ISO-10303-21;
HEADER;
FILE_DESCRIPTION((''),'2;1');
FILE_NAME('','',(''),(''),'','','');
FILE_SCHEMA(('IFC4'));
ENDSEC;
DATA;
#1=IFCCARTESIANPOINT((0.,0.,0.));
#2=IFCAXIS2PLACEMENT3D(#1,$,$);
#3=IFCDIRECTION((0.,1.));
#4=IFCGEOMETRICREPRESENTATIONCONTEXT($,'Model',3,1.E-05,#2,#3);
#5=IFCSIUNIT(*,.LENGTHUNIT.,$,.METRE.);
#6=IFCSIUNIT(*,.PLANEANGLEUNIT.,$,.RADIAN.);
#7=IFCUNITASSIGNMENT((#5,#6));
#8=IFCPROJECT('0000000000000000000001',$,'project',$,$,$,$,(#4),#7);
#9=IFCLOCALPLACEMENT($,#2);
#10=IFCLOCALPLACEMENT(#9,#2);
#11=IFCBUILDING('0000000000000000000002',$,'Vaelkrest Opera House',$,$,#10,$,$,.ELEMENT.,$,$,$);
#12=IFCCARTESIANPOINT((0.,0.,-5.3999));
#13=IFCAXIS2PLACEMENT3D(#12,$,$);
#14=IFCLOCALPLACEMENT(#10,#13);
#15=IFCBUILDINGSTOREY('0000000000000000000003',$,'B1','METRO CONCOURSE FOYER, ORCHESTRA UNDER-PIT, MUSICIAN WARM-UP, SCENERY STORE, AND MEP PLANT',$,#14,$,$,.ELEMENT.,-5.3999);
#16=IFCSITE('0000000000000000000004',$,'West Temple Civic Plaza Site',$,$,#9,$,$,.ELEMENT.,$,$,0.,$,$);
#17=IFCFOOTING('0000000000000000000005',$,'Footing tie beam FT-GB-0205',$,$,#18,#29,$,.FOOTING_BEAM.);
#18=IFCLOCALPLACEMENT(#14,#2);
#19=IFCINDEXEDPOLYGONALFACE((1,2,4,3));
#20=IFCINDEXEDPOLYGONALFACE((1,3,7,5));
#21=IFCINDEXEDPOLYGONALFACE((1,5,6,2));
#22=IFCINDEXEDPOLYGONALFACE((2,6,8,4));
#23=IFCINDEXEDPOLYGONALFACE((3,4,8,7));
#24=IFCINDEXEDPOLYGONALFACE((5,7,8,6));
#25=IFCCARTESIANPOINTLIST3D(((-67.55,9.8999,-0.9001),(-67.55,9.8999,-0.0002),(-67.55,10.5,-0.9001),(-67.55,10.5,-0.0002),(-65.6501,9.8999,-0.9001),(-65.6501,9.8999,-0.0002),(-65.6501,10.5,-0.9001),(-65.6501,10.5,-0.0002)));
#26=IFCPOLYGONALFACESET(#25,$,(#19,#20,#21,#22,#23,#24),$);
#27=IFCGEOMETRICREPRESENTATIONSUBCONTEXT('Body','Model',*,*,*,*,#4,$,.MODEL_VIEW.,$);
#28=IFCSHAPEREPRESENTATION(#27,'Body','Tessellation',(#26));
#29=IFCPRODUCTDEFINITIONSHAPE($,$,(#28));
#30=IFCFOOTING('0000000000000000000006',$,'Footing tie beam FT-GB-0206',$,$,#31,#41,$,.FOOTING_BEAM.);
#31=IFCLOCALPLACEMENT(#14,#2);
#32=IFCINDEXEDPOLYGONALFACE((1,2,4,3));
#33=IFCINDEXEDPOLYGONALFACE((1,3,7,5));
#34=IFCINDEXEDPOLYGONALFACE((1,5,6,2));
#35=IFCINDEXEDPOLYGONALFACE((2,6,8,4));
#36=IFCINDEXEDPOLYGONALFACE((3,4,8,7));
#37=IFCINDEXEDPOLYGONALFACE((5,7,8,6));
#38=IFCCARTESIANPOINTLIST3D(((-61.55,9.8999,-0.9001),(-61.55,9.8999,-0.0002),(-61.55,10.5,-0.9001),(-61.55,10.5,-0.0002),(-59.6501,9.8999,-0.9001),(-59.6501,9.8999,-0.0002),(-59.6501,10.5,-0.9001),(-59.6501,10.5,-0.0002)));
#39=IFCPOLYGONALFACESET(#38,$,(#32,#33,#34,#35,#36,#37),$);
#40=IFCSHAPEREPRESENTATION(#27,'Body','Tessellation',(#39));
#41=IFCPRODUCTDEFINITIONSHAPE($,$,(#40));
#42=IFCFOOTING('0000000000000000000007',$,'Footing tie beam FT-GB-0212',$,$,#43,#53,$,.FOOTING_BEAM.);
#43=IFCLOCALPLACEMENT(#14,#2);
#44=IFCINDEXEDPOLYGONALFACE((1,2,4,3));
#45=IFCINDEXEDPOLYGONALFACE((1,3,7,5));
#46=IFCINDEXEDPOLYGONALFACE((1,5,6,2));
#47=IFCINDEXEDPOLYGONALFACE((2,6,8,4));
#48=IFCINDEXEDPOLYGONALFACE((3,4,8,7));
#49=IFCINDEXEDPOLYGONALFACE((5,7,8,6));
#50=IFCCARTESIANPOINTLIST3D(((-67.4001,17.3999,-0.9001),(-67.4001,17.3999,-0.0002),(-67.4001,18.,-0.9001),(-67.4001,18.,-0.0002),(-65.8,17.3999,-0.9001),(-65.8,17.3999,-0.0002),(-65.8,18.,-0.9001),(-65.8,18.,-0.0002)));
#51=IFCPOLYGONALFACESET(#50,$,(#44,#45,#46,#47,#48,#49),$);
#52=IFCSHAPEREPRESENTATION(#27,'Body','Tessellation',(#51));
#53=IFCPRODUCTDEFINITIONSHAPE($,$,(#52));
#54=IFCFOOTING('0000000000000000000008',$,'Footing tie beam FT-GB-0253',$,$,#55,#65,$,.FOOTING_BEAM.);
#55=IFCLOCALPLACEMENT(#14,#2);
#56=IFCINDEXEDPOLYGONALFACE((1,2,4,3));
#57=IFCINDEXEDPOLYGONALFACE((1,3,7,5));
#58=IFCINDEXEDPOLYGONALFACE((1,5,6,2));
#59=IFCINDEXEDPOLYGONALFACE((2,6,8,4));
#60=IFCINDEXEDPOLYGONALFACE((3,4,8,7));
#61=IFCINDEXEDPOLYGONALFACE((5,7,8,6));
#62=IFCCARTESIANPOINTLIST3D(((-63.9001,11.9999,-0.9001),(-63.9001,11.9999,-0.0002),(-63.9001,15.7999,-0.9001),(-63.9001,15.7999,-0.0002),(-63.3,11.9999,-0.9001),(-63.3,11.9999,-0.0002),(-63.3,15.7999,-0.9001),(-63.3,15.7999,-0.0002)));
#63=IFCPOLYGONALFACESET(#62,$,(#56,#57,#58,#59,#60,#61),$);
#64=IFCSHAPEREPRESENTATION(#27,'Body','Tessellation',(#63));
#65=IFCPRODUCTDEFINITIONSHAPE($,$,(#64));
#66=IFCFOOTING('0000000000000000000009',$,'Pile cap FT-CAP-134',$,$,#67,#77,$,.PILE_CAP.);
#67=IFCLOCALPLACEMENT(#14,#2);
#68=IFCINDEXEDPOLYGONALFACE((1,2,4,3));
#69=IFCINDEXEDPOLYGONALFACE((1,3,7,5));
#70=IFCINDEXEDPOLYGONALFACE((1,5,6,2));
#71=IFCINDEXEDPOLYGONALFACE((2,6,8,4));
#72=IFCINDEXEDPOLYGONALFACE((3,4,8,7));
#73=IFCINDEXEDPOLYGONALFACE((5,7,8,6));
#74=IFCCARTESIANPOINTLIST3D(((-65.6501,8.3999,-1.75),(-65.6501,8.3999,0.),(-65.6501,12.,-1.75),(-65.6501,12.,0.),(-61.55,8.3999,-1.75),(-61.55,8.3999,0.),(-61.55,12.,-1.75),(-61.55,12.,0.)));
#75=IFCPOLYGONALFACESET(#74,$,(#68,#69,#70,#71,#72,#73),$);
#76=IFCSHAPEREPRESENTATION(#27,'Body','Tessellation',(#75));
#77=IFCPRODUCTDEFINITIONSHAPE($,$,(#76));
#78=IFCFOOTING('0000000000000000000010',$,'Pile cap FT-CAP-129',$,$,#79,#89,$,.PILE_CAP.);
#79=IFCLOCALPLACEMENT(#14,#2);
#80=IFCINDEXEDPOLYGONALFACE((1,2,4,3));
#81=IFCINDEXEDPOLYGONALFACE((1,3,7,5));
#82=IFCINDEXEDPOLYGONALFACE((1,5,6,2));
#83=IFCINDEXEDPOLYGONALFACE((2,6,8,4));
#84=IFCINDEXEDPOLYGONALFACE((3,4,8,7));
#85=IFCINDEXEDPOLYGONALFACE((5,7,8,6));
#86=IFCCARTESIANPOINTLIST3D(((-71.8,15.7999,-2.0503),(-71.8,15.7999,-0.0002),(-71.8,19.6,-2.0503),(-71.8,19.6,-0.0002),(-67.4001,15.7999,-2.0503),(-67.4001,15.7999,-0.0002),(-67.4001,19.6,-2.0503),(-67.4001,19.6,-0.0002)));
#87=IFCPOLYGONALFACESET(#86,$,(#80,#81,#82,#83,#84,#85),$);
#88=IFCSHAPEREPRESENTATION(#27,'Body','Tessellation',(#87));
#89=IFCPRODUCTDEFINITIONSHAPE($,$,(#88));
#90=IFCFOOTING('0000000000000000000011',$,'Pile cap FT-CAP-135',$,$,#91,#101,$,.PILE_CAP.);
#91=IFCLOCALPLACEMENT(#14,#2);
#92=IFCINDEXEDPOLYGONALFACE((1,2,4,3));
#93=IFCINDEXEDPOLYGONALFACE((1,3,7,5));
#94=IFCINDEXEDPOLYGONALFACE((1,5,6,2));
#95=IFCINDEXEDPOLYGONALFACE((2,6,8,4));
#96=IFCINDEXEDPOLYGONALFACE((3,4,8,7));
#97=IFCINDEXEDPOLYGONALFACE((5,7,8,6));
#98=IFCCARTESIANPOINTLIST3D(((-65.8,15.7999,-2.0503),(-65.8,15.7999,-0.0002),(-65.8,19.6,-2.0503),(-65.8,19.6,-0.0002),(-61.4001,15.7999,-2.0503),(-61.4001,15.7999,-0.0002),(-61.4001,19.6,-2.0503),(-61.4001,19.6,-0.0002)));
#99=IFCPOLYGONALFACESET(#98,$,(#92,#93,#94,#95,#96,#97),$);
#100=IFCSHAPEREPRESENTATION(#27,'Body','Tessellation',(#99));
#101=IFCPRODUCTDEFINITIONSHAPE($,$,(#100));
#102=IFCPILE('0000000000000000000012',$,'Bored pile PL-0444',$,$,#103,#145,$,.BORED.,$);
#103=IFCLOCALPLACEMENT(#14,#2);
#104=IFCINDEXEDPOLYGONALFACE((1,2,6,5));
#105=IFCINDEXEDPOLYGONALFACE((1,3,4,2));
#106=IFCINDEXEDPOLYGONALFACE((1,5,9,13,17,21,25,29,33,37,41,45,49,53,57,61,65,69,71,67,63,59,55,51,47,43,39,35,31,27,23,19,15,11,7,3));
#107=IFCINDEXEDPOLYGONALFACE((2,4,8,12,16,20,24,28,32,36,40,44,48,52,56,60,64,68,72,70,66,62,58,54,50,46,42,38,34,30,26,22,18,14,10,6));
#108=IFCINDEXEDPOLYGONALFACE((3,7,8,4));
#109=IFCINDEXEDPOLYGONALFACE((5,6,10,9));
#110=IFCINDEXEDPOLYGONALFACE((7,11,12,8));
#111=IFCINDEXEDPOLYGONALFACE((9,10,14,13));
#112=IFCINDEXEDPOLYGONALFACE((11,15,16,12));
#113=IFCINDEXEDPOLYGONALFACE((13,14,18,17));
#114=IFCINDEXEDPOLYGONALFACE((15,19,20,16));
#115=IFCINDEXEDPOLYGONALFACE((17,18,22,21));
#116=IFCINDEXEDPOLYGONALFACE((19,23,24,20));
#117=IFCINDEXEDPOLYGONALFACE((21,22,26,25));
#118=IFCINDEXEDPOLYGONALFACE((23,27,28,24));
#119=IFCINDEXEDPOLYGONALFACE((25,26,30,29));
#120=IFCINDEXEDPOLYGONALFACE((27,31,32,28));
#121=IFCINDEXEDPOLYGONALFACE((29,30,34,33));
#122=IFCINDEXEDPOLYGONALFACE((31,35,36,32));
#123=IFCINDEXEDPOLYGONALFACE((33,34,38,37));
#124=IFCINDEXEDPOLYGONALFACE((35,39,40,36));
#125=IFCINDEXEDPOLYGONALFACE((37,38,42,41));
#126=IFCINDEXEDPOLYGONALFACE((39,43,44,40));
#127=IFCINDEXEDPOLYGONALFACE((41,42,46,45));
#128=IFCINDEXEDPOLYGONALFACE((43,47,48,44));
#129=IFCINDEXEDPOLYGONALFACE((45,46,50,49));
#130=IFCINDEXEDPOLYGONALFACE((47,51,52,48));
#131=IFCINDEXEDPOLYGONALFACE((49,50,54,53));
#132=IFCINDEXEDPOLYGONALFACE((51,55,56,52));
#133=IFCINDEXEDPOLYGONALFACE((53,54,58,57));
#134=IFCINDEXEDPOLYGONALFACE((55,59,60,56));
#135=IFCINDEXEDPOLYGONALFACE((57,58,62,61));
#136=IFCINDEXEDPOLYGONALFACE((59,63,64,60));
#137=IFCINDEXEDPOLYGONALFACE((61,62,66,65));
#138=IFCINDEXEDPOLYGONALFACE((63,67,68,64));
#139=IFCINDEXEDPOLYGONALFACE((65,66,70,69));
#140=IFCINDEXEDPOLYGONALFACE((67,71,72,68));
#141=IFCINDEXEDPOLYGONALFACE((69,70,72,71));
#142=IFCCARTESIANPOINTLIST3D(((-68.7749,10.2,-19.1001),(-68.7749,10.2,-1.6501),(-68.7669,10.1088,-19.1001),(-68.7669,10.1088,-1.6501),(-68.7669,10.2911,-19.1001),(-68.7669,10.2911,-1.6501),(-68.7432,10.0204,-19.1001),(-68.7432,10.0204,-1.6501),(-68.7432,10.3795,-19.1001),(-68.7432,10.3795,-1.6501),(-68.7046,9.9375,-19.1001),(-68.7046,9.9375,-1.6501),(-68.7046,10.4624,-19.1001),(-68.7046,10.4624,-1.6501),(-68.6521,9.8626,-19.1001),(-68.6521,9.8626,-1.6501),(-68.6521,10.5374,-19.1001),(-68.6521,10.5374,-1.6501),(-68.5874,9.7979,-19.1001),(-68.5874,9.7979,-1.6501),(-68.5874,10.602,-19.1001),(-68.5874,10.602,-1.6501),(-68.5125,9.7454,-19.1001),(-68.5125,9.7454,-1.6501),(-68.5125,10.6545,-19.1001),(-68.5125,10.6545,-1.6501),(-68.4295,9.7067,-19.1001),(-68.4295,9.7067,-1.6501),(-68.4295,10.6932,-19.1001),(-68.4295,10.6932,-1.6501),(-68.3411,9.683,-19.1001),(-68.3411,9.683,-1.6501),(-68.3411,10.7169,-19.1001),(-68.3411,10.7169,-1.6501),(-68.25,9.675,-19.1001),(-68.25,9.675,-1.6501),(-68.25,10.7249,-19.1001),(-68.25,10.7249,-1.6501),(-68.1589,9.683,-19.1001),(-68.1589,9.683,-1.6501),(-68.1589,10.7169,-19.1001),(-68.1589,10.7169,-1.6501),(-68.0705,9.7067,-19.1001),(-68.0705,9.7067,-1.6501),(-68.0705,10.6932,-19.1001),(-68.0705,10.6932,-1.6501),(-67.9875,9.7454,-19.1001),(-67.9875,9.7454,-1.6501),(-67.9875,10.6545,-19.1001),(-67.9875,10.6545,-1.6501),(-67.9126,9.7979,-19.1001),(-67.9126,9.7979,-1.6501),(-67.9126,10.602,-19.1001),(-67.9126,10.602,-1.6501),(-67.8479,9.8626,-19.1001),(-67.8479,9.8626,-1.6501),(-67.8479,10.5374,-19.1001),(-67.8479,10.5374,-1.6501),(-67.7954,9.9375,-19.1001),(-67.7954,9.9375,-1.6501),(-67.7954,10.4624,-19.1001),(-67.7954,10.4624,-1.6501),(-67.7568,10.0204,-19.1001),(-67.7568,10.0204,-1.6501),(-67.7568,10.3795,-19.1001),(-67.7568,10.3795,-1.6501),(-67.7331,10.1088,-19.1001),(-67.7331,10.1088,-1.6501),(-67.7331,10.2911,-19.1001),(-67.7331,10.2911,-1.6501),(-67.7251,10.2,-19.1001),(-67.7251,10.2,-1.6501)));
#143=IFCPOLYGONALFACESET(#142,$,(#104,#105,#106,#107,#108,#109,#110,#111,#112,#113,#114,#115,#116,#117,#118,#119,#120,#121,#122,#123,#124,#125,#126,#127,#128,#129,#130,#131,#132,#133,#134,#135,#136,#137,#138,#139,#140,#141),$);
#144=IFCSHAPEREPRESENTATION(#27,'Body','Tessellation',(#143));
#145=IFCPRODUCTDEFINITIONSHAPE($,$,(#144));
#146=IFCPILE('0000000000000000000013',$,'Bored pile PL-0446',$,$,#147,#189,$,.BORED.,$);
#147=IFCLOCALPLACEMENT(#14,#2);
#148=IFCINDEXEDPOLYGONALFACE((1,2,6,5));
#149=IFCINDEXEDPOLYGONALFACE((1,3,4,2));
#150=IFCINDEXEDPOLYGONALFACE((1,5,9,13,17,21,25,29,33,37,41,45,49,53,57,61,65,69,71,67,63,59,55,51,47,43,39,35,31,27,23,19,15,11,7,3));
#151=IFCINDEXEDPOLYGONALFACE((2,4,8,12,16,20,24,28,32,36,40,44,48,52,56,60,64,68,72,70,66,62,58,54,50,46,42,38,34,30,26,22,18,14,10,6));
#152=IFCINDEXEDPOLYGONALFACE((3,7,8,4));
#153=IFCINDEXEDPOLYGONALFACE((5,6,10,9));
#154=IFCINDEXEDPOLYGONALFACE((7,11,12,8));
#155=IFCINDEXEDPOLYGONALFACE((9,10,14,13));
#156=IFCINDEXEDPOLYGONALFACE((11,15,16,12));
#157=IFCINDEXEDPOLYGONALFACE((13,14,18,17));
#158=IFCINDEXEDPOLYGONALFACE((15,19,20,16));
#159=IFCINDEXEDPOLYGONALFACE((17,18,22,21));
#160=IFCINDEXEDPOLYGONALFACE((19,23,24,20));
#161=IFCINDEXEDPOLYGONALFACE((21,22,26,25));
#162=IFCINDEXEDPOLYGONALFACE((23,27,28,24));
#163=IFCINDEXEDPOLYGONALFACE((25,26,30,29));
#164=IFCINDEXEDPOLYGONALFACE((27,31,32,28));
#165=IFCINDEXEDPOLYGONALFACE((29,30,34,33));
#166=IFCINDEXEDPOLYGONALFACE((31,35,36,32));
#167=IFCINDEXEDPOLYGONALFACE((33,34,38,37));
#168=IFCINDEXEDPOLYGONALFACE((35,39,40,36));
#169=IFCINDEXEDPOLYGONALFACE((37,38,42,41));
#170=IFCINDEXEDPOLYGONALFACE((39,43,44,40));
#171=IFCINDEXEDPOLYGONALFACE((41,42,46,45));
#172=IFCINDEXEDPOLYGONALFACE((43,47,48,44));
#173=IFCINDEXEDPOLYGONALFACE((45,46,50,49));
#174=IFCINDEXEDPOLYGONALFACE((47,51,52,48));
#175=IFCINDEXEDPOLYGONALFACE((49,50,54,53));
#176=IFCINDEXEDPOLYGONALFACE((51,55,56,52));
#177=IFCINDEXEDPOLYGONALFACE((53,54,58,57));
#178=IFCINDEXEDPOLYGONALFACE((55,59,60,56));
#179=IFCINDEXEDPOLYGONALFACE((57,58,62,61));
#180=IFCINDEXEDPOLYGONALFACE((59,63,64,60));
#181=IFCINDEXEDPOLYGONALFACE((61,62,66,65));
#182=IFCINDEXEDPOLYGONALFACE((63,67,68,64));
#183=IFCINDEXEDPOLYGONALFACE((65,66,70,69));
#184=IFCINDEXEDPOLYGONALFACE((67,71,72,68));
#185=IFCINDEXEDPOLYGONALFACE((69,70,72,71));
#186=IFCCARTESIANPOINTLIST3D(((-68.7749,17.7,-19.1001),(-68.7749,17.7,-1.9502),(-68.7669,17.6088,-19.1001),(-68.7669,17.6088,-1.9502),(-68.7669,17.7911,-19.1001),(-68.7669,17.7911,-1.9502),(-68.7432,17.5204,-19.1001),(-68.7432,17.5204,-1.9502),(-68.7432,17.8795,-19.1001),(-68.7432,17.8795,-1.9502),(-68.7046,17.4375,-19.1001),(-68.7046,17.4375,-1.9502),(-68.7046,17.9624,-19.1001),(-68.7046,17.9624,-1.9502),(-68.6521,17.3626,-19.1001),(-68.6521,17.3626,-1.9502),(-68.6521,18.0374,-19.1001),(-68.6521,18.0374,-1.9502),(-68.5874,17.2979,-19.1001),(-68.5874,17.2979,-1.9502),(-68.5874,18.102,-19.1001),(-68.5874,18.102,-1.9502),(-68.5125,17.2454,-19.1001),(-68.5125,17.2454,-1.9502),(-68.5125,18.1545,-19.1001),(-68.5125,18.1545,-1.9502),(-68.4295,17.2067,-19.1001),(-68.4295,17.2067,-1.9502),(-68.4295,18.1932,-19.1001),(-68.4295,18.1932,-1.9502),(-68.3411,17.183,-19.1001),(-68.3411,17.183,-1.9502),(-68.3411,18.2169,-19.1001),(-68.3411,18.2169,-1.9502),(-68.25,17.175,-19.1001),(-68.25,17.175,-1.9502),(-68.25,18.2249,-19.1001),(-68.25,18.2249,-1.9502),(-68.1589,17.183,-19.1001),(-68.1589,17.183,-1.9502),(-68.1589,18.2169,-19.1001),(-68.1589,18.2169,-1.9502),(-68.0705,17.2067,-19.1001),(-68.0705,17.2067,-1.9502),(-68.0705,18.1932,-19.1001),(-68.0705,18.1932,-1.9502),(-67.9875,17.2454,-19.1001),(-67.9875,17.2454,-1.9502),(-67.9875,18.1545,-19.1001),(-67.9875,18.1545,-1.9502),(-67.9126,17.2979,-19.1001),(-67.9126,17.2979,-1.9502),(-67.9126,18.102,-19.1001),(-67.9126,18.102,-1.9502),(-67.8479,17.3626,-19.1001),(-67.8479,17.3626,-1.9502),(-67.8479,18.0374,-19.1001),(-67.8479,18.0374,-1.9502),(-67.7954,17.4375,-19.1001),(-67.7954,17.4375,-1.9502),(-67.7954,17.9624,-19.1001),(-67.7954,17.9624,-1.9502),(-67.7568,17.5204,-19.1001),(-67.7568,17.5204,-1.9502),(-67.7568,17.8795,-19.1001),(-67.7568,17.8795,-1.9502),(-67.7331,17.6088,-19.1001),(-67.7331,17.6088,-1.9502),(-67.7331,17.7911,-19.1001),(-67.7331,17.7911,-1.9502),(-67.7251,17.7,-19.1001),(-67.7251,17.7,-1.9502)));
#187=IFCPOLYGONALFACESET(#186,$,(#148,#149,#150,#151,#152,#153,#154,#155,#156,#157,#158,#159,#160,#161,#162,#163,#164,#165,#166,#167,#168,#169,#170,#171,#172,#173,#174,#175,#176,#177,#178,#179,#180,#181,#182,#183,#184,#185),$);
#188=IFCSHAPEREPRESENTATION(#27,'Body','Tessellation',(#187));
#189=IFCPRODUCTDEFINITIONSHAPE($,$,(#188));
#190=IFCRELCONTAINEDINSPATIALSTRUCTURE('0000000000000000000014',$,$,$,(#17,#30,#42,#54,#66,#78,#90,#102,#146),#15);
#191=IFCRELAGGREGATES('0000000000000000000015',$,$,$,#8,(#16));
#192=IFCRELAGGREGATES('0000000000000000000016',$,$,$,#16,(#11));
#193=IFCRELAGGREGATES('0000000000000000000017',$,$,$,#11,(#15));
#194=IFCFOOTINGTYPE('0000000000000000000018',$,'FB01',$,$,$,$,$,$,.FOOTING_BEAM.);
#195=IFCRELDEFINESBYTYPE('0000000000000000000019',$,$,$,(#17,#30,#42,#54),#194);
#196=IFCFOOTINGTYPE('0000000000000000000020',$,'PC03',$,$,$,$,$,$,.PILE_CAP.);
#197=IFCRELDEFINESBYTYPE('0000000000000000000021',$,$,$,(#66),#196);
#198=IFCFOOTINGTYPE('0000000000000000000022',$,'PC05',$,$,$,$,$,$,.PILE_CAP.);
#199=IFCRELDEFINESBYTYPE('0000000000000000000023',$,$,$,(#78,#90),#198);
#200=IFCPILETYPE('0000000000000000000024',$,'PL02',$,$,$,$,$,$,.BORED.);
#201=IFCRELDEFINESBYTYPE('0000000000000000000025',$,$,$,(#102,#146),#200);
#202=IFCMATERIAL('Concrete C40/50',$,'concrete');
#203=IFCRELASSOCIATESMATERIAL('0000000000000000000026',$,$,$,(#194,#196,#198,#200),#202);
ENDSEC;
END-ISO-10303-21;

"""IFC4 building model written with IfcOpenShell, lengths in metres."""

from ifc_helpers import new_model, si_unit, direction, frame, origin, origin_2d, place, context, subcontext, project, spatial, rectangle, circle, extrude, material, material_profile, profile_set, type_object, element, save


model = new_model("IFC4")

# Units and contexts
model_context = context("Model", 3, precision=1e-05, world=origin(), true_north=direction((0.0, 1.0)))
body_context = subcontext(model_context, "Body", "Model", "MODEL_VIEW")
ifc_project = project(units=[si_unit("LENGTHUNIT", "METRE"), si_unit("PLANEANGLEUNIT", "RADIAN")], contexts=[model_context])

# Site, building, storey
site_placement = place(None, origin())
site = spatial("IfcSite", under=ifc_project, at=site_placement, Name="West Temple Civic Plaza Site", CompositionType="ELEMENT", RefElevation=0.0)
building_placement = place(site_placement, origin())
building = spatial("IfcBuilding", under=site, at=building_placement, Name="Vaelkrest Opera House", CompositionType="ELEMENT")
storey_placement = place(building_placement, frame((0.0, 0.0, -5.3999)))
storey = spatial("IfcBuildingStorey", under=building, at=storey_placement, Name="B1", Description="METRO CONCOURSE FOYER, ORCHESTRA UNDER-PIT, MUSICIAN WARM-UP, SCENERY STORE, AND MEP PLANT", CompositionType="ELEMENT", Elevation=-5.3999)

# Footings
ifc_material_1 = material(Name="Concrete C40/50", Category="concrete")
footing_type_1 = type_object("IfcFootingType", Name="FB01", PredefinedType="FOOTING_BEAM", material=ifc_material_1)
for number, where, z_axis, x_axis, name in (
    (1, (-66.6001, 10.2, -0.9001), (0.0, 0.0, 1.0), (1.0, 0.0, 0.0), "Footing tie beam FT-GB-0205"),
    (2, (-60.6001, 10.2, -0.9001), (0.0, 0.0, 1.0), (1.0, 0.0, 0.0), "Footing tie beam FT-GB-0206"),
):
    element("IfcFooting", number, at=place(storey_placement, frame(where, z_axis=z_axis, x_axis=x_axis)), inside=storey, type_object=footing_type_1, Name=name, PredefinedType="FOOTING_BEAM", context=body_context, shape_type="SweptSolid", body=[
        extrude(rectangle(XDim=1.8999, YDim=0.6001, at=origin_2d()), origin(), (0.0, 0.0, 1.0), 0.8999),
    ])
footing_1_placement = place(storey_placement, frame((-66.6001, 17.7, -0.9001), z_axis=(0.0, 0.0, 1.0), x_axis=(1.0, 0.0, 0.0)))
element("IfcFooting", 3, at=footing_1_placement, inside=storey, type_object=footing_type_1, Name="Footing tie beam FT-GB-0212", PredefinedType="FOOTING_BEAM", context=body_context, shape_type="SweptSolid", body=[
    extrude(rectangle(XDim=1.6001, YDim=0.6001, at=origin_2d()), origin(), (0.0, 0.0, 1.0), 0.8999),
])
footing_2_placement = place(storey_placement, frame((-63.6001, 13.8999, -0.9001), z_axis=(0.0, 0.0, 1.0), x_axis=(0.0, 1.0, 0.0)))
element("IfcFooting", 4, at=footing_2_placement, inside=storey, type_object=footing_type_1, Name="Footing tie beam FT-GB-0253", PredefinedType="FOOTING_BEAM", context=body_context, shape_type="SweptSolid", body=[
    extrude(rectangle(XDim=3.8, YDim=0.6001, at=origin_2d()), origin(), (0.0, 0.0, 1.0), 0.8999),
])
footing_type_2 = type_object("IfcFootingType", Name="PC03", PredefinedType="PILE_CAP", material=ifc_material_1)
footing_3_placement = place(storey_placement, frame((-63.6001, 10.2, -1.75), z_axis=(0.0, 0.0, 1.0), x_axis=(1.0, 0.0, 0.0)))
element("IfcFooting", 5, at=footing_3_placement, inside=storey, type_object=footing_type_2, Name="Pile cap FT-CAP-134", PredefinedType="PILE_CAP", context=body_context, shape_type="SweptSolid", body=[
    extrude(rectangle(XDim=4.1001, YDim=3.6001, at=origin_2d()), origin(), (0.0, 0.0, 1.0), 1.75),
])
footing_type_3 = type_object("IfcFootingType", Name="PC05", PredefinedType="PILE_CAP", material=ifc_material_1)
for number, where, z_axis, x_axis, name in (
    (6, (-69.6001, 17.7, -2.0503), (0.0, 0.0, 1.0), (1.0, 0.0, 0.0), "Pile cap FT-CAP-129"),
    (7, (-63.6001, 17.7, -2.0503), (0.0, 0.0, 1.0), (1.0, 0.0, 0.0), "Pile cap FT-CAP-135"),
):
    element("IfcFooting", number, at=place(storey_placement, frame(where, z_axis=z_axis, x_axis=x_axis)), inside=storey, type_object=footing_type_3, Name=name, PredefinedType="PILE_CAP", context=body_context, shape_type="SweptSolid", body=[
        extrude(rectangle(XDim=4.3999, YDim=3.8, at=origin_2d()), origin(), (0.0, 0.0, 1.0), 2.05),
    ])

# Piles
ifc_material_profile_1 = material_profile(ifc_material_1, circle(Radius=0.5249, at=origin_2d()), Name="PILE1050")
ifc_profile_set_1 = profile_set([ifc_material_profile_1], Name="Concrete C40/50")
pile_type = type_object("IfcPileType", Name="PL02", PredefinedType="BORED", material=ifc_profile_set_1)
pile_1_placement = place(storey_placement, frame((-68.25, 10.2, -1.6501), z_axis=(0.0, 0.0, -1.0), x_axis=(1.0, 0.0, 0.0)))
element("IfcPile", 8, at=pile_1_placement, inside=storey, type_object=pile_type, Name="Bored pile PL-0444", PredefinedType="BORED", context=body_context, shape_type="SweptSolid", body=[
    extrude(circle(Radius=0.5249, at=origin_2d()), origin(), (0.0, 0.0, 1.0), 17.45),
])
pile_2_placement = place(storey_placement, frame((-68.25, 17.7, -1.9502), z_axis=(0.0, 0.0, -1.0), x_axis=(1.0, 0.0, 0.0)))
element("IfcPile", 9, at=pile_2_placement, inside=storey, type_object=pile_type, Name="Bored pile PL-0446", PredefinedType="BORED", context=body_context, shape_type="SweptSolid", body=[
    extrude(circle(Radius=0.5249, at=origin_2d()), origin(), (0.0, 0.0, 1.0), 17.1499),
])

save(model, "model.ifc")
